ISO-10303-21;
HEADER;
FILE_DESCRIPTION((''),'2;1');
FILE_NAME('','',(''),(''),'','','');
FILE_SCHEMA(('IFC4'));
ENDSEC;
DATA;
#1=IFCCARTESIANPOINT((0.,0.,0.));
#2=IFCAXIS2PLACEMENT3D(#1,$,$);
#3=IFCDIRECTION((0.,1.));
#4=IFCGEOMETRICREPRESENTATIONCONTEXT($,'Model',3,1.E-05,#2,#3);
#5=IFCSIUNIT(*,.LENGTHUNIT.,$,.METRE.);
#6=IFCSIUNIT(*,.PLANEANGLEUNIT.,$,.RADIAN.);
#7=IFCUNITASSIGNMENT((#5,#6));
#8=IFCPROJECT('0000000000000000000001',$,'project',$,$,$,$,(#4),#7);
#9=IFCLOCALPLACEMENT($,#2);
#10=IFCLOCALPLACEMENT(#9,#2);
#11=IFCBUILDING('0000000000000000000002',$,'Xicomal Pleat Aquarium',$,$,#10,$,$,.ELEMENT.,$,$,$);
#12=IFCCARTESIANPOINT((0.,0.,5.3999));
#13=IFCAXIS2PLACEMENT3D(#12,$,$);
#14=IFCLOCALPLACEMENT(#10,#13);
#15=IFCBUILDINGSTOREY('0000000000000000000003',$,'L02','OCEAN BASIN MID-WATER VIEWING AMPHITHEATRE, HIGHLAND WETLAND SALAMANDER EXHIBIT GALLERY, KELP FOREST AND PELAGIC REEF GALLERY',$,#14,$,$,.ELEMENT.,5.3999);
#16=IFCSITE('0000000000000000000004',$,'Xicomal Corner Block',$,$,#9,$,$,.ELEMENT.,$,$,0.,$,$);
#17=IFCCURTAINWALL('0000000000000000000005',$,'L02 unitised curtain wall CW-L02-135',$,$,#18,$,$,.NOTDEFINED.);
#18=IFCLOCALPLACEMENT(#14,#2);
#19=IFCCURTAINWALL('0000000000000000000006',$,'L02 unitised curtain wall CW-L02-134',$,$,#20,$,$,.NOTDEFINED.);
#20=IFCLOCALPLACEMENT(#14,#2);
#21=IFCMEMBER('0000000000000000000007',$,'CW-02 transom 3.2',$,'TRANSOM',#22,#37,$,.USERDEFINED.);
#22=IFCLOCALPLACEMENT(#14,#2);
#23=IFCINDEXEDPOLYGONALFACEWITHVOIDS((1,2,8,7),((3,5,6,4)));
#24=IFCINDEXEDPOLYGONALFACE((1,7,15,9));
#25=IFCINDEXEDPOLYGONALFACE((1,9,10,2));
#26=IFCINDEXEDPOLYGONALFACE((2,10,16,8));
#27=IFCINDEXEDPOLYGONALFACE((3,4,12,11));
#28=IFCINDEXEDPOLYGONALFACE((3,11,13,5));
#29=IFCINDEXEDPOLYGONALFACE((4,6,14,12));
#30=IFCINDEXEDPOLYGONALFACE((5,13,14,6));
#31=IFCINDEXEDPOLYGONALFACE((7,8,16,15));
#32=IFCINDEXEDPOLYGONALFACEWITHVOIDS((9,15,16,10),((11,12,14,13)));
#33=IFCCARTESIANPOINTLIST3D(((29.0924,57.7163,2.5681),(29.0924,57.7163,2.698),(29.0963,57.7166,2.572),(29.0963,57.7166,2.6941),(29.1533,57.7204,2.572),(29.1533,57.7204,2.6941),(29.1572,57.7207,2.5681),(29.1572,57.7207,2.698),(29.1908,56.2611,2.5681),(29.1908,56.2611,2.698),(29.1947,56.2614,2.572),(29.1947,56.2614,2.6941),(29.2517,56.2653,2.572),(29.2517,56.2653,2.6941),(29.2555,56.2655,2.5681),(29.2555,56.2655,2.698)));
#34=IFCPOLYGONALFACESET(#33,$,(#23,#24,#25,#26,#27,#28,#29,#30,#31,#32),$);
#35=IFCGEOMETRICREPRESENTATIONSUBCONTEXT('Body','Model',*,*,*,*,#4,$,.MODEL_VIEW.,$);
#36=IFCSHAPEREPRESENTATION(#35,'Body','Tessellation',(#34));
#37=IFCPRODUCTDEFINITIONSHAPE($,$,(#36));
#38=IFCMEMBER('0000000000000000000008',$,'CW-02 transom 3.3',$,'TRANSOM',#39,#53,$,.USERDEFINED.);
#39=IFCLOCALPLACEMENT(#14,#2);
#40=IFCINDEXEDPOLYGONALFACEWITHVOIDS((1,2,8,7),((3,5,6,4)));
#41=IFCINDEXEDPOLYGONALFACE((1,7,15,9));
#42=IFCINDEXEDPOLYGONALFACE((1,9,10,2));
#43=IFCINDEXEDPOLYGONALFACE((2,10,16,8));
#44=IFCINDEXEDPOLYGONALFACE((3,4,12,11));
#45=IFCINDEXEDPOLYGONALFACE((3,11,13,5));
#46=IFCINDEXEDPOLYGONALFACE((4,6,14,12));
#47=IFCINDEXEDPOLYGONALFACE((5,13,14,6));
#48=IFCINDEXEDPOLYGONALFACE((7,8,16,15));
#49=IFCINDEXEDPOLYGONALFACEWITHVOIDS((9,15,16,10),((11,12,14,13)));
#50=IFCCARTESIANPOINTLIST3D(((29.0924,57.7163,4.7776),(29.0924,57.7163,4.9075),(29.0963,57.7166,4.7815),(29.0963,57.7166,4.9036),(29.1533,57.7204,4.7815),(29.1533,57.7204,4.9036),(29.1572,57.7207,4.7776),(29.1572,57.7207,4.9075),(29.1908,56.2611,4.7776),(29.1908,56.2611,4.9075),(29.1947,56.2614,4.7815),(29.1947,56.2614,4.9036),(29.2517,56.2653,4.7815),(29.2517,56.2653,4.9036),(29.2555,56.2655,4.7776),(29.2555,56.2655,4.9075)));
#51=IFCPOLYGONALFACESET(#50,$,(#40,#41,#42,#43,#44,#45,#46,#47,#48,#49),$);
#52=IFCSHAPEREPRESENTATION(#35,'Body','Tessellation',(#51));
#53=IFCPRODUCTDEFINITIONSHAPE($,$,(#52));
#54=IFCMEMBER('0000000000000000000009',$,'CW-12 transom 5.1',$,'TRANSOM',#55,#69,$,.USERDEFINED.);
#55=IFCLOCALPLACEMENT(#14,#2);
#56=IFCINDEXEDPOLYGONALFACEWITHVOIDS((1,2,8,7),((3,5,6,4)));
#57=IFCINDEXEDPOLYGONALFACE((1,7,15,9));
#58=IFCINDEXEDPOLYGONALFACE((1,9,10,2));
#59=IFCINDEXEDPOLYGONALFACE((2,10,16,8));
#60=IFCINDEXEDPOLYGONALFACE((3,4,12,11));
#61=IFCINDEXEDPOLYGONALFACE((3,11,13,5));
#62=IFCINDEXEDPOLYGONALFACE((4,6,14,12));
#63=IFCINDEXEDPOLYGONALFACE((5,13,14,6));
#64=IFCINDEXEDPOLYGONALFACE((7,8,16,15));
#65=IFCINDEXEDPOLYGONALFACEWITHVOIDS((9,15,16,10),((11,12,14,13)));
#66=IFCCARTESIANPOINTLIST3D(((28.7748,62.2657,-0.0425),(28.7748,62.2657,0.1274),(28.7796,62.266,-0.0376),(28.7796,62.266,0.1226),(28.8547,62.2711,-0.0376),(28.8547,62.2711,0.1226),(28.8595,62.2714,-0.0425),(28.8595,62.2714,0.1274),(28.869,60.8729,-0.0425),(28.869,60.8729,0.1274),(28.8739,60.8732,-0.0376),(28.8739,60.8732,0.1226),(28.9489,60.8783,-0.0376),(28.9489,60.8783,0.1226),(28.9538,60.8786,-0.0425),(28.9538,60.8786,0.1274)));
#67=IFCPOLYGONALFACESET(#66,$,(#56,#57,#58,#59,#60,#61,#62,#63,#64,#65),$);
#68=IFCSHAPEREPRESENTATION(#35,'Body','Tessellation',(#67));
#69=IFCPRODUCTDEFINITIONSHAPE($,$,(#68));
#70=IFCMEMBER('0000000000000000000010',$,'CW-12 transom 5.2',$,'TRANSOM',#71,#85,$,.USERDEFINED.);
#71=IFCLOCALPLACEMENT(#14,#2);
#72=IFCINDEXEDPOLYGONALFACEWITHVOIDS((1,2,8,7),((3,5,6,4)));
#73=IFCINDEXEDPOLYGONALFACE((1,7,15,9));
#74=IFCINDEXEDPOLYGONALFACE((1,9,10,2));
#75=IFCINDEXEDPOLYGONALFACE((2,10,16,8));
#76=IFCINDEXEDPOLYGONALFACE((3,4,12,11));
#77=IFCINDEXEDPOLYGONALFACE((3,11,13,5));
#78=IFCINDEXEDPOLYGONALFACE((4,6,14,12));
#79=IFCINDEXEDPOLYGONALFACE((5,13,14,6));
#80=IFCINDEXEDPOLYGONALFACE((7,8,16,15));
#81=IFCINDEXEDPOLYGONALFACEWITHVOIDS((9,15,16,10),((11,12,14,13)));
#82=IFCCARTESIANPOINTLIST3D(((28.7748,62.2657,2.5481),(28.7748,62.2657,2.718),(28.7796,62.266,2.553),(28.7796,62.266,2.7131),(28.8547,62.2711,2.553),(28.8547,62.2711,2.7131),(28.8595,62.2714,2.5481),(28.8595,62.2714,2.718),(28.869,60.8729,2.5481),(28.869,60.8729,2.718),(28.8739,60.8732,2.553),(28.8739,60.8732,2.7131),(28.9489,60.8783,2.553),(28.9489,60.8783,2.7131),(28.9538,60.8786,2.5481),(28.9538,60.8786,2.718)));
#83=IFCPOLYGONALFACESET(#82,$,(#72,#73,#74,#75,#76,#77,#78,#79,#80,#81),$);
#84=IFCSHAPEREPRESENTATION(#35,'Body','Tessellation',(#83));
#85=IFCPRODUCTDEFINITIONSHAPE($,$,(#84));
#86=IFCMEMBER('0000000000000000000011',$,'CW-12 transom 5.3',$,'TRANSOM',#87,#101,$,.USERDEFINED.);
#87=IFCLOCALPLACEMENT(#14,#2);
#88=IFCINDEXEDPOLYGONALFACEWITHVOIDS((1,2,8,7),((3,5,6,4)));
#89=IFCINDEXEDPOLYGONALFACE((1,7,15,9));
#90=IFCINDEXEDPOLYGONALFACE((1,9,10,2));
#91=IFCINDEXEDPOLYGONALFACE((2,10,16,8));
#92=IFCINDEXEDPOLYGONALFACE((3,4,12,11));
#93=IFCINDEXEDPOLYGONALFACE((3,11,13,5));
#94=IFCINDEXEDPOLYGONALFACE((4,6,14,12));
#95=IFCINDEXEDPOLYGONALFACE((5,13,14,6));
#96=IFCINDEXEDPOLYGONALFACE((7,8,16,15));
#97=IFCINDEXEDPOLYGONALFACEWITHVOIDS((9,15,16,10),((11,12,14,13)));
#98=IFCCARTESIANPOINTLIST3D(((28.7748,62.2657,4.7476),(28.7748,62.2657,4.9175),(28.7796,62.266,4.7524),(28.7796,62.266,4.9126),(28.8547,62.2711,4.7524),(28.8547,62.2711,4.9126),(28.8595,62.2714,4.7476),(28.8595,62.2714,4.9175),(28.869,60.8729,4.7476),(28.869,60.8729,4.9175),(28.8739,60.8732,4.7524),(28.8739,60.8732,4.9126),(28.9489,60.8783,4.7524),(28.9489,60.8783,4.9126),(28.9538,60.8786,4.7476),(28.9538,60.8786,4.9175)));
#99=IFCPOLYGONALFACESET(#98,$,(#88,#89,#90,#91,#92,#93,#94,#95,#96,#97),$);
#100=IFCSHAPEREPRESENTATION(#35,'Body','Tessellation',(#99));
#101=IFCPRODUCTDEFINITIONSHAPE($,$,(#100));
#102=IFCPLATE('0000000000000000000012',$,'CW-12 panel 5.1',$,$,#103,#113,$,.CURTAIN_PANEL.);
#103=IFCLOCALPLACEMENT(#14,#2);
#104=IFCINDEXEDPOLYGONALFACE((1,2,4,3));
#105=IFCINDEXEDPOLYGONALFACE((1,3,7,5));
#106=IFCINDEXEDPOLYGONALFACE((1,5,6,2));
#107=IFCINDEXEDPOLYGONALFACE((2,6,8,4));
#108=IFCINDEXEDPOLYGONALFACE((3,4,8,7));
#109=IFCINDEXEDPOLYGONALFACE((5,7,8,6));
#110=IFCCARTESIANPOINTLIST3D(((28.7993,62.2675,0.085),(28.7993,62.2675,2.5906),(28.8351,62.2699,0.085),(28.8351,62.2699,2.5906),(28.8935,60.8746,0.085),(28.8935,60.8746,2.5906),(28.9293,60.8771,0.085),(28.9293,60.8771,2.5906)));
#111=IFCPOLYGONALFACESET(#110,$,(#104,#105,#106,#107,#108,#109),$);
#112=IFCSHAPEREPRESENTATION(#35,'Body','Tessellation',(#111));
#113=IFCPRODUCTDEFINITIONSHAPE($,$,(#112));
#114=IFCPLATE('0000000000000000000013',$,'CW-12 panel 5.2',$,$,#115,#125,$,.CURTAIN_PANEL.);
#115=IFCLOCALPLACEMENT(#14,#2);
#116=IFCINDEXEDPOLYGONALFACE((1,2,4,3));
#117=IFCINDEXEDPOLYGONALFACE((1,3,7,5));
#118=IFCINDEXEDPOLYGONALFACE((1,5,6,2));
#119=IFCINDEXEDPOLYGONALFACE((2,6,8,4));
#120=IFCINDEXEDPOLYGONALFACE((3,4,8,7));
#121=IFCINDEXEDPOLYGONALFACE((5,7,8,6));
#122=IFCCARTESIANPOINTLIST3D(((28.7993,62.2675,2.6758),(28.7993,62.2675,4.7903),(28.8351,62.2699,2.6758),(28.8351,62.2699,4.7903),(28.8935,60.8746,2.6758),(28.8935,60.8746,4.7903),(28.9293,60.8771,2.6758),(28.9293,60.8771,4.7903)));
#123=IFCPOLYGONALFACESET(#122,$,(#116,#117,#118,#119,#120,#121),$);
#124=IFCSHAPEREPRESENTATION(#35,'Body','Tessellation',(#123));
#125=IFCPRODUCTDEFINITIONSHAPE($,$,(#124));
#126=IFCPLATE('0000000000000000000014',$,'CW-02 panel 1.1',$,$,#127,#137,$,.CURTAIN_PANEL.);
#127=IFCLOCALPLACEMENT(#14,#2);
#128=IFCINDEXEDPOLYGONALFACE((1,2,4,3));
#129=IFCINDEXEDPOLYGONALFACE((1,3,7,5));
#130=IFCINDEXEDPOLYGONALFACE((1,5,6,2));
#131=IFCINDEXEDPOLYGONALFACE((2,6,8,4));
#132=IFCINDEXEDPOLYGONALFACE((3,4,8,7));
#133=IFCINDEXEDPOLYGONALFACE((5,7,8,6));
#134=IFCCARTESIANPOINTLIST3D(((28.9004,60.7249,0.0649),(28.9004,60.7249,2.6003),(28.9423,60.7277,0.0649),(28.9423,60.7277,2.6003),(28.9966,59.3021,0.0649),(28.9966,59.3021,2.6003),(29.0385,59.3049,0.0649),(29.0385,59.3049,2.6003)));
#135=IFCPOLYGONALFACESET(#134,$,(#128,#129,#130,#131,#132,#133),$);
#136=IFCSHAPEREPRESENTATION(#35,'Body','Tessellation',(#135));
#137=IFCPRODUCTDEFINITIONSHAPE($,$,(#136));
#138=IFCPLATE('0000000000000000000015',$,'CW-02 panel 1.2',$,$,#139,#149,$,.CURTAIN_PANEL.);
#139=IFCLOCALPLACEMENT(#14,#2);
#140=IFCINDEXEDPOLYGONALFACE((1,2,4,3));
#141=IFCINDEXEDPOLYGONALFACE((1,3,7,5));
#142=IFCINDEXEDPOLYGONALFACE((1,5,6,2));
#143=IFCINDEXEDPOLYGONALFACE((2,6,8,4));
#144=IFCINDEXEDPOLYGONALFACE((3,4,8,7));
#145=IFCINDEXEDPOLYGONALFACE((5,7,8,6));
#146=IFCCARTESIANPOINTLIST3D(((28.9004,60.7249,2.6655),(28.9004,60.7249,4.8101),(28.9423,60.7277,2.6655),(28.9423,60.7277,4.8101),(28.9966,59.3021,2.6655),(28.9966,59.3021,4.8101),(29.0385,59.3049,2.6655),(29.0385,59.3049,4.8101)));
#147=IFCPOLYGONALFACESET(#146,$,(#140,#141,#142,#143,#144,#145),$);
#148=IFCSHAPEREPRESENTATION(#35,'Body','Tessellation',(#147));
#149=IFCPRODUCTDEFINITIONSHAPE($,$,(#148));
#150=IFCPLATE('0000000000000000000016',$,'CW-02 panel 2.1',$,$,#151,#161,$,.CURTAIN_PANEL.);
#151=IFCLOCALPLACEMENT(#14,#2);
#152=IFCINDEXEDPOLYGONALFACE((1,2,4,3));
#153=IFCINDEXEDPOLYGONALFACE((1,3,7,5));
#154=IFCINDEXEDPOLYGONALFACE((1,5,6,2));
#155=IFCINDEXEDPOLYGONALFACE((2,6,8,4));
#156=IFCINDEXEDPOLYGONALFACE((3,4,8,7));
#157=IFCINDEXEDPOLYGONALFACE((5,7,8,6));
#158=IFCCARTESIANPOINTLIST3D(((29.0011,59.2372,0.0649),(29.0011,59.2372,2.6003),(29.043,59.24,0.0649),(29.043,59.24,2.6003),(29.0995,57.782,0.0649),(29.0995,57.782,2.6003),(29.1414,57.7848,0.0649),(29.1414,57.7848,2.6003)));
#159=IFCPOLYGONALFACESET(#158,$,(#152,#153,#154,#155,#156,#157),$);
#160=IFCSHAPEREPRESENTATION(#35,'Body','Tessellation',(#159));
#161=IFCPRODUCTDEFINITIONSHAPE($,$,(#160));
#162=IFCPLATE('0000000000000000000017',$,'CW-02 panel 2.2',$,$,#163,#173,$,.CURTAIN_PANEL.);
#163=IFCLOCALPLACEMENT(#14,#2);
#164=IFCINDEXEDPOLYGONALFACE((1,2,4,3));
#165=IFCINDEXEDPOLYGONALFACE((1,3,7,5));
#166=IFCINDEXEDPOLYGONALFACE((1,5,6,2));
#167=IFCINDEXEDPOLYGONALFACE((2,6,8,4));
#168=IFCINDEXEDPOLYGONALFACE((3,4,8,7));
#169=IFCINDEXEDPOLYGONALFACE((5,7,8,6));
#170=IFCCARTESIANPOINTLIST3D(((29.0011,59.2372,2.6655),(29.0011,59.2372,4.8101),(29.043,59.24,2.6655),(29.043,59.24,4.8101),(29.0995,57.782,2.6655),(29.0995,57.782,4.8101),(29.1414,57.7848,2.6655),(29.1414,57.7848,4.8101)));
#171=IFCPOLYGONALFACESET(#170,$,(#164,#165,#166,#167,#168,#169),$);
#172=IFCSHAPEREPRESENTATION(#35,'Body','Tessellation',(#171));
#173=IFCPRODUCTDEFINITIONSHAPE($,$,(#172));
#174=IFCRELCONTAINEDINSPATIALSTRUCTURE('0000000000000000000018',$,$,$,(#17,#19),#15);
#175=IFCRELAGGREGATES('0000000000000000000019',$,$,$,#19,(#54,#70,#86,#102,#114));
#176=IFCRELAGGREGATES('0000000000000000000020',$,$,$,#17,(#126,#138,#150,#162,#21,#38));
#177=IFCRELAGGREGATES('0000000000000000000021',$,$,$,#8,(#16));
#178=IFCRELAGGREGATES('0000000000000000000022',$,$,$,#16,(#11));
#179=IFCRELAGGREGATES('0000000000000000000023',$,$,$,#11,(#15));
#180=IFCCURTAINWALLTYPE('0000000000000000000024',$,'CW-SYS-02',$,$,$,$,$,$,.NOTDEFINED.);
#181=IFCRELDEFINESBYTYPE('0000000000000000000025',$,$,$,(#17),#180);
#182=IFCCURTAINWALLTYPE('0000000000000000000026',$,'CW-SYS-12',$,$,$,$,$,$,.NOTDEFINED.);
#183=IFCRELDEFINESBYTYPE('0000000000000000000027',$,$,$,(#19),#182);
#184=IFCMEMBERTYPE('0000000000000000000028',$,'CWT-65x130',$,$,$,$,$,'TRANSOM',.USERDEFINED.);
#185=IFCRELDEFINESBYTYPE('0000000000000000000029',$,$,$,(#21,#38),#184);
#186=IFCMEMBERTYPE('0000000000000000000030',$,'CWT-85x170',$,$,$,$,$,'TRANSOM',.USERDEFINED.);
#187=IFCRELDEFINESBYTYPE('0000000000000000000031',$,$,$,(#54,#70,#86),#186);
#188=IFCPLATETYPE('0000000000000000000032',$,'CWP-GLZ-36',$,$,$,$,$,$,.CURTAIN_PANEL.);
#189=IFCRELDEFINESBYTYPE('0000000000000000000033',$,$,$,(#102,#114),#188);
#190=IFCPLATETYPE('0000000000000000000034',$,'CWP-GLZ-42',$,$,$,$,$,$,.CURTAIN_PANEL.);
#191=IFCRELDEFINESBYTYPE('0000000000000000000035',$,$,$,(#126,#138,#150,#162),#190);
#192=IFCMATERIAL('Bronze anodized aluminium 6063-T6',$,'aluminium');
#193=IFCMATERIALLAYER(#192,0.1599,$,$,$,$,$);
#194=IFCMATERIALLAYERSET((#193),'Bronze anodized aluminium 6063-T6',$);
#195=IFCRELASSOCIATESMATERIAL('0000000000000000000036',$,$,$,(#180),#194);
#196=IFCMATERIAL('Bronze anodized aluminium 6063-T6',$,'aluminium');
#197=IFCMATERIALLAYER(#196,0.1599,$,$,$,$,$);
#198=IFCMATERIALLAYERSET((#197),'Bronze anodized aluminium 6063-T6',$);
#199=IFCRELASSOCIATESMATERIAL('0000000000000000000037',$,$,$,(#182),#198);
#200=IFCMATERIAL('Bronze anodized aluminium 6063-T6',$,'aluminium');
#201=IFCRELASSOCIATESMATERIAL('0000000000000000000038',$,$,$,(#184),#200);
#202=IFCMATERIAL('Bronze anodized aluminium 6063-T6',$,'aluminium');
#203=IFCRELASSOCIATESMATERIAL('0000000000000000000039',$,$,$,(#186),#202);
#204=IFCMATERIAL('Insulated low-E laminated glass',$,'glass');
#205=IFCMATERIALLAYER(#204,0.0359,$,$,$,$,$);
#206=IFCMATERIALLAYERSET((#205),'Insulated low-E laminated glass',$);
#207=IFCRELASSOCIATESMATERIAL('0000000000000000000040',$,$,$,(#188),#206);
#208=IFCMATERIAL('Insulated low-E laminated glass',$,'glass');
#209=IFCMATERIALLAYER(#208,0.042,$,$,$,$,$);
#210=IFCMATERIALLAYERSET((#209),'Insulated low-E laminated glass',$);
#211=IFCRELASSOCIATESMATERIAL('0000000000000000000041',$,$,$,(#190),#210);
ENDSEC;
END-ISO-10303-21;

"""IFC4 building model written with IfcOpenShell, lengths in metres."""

from ifc_helpers import new_model, si_unit, direction, frame, origin, origin_2d, place, context, subcontext, project, spatial, rectangle, hollow_rectangle, extrude, material, layer, layer_set, material_profile, profile_set, type_object, element, aggregate, save


model = new_model("IFC4")

# Units and contexts
model_context = context("Model", 3, precision=1e-05, world=origin(), true_north=direction((0.0, 1.0)))
body_context = subcontext(model_context, "Body", "Model", "MODEL_VIEW")
ifc_project = project(units=[si_unit("LENGTHUNIT", "METRE"), si_unit("PLANEANGLEUNIT", "RADIAN")], contexts=[model_context])

# Site, building, storey
site_placement = place(None, origin())
site = spatial("IfcSite", under=ifc_project, at=site_placement, Name="Xicomal Corner Block", CompositionType="ELEMENT", RefElevation=0.0)
building_placement = place(site_placement, origin())
building = spatial("IfcBuilding", under=site, at=building_placement, Name="Xicomal Pleat Aquarium", CompositionType="ELEMENT")
storey_placement = place(building_placement, frame((0.0, 0.0, 5.3999)))
storey = spatial("IfcBuildingStorey", under=building, at=storey_placement, Name="L02", Description="OCEAN BASIN MID-WATER VIEWING AMPHITHEATRE, HIGHLAND WETLAND SALAMANDER EXHIBIT GALLERY, KELP FOREST AND PELAGIC REEF GALLERY", CompositionType="ELEMENT", Elevation=5.3999)

# Curtain wall
ifc_material_1 = material(Name="Bronze anodized aluminium 6063-T6", Category="aluminium")
ifc_layer_1 = layer(ifc_material_1, 0.1599)
ifc_layer_set_1 = layer_set([ifc_layer_1], Name="Bronze anodized aluminium 6063-T6")
curtain_wall_type_1 = type_object("IfcCurtainWallType", Name="CW-SYS-02", PredefinedType="NOTDEFINED", material=ifc_layer_set_1)
curtain_wall_1_placement = place(storey_placement, origin())
curtain_wall_1 = element("IfcCurtainWall", 1, at=curtain_wall_1_placement, inside=storey, type_object=curtain_wall_type_1, Name="L02 unitised curtain wall CW-L02-135", PredefinedType="NOTDEFINED")

# Curtain wall
ifc_material_2 = material(Name="Bronze anodized aluminium 6063-T6", Category="aluminium")
ifc_layer_2 = layer(ifc_material_2, 0.1599)
ifc_layer_set_2 = layer_set([ifc_layer_2], Name="Bronze anodized aluminium 6063-T6")
curtain_wall_type_2 = type_object("IfcCurtainWallType", Name="CW-SYS-12", PredefinedType="NOTDEFINED", material=ifc_layer_set_2)
curtain_wall_2_placement = place(storey_placement, origin())
curtain_wall_2 = element("IfcCurtainWall", 2, at=curtain_wall_2_placement, inside=storey, type_object=curtain_wall_type_2, Name="L02 unitised curtain wall CW-L02-134", PredefinedType="NOTDEFINED")

# Members
ifc_material_3 = material(Name="Bronze anodized aluminium 6063-T6", Category="aluminium")
ifc_material_profile_1 = material_profile(ifc_material_3, hollow_rectangle(XDim=0.0649, YDim=0.1299, WallThickness=0.0039, at=origin_2d()), Name="ALU TRAN 65x130")
ifc_profile_set_1 = profile_set([ifc_material_profile_1], Name="Bronze anodized aluminium 6063-T6")
member_type_1 = type_object("IfcMemberType", Name="CWT-65x130", ElementType="TRANSOM", PredefinedType="USERDEFINED", material=ifc_profile_set_1)
member_1_placement = place(storey_placement, frame((29.1248, 57.7185, 2.6331), z_axis=(0.067463, -0.997722, 0.0), x_axis=(0.997722, 0.067463, 0.0)))
member_1 = element("IfcMember", 3, at=member_1_placement, type_object=member_type_1, Name="CW-02 transom 3.2", ObjectType="TRANSOM", PredefinedType="USERDEFINED", context=body_context, shape_type="SweptSolid", body=[
    extrude(hollow_rectangle(XDim=0.0649, YDim=0.1299, WallThickness=0.0039, at=origin_2d()), origin(), (0.0, 0.0, 1.0), 1.4585),
])
member_2_placement = place(storey_placement, frame((29.1248, 57.7185, 4.8425), z_axis=(0.067463, -0.997722, 0.0), x_axis=(0.997722, 0.067463, 0.0)))
member_2 = element("IfcMember", 4, at=member_2_placement, type_object=member_type_1, Name="CW-02 transom 3.3", ObjectType="TRANSOM", PredefinedType="USERDEFINED", context=body_context, shape_type="SweptSolid", body=[
    extrude(hollow_rectangle(XDim=0.0649, YDim=0.1299, WallThickness=0.0039, at=origin_2d()), origin(), (0.0, 0.0, 1.0), 1.4585),
])
ifc_material_4 = material(Name="Bronze anodized aluminium 6063-T6", Category="aluminium")
ifc_material_profile_2 = material_profile(ifc_material_4, hollow_rectangle(XDim=0.085, YDim=0.1699, WallThickness=0.0049, at=origin_2d()), Name="ALU TRAN 85x170")
ifc_profile_set_2 = profile_set([ifc_material_profile_2], Name="Bronze anodized aluminium 6063-T6")
member_type_2 = type_object("IfcMemberType", Name="CWT-85x170", ElementType="TRANSOM", PredefinedType="USERDEFINED", material=ifc_profile_set_2)
member_3_placement = place(storey_placement, frame((28.8171, 62.2686, 0.0425), z_axis=(0.067506, -0.997719, 0.0), x_axis=(0.997719, 0.067506, 0.0)))
member_3 = element("IfcMember", 5, at=member_3_placement, type_object=member_type_2, Name="CW-12 transom 5.1", ObjectType="TRANSOM", PredefinedType="USERDEFINED", context=body_context, shape_type="SweptSolid", body=[
    extrude(hollow_rectangle(XDim=0.085, YDim=0.1699, WallThickness=0.0049, at=origin_2d()), origin(), (0.0, 0.0, 1.0), 1.396),
])
member_4_placement = place(storey_placement, frame((28.8171, 62.2686, 2.6331), z_axis=(0.067506, -0.997719, 0.0), x_axis=(0.997719, 0.067506, 0.0)))
member_4 = element("IfcMember", 6, at=member_4_placement, type_object=member_type_2, Name="CW-12 transom 5.2", ObjectType="TRANSOM", PredefinedType="USERDEFINED", context=body_context, shape_type="SweptSolid", body=[
    extrude(hollow_rectangle(XDim=0.085, YDim=0.1699, WallThickness=0.0049, at=origin_2d()), origin(), (0.0, 0.0, 1.0), 1.396),
])
member_5_placement = place(storey_placement, frame((28.8171, 62.2686, 4.8325), z_axis=(0.067506, -0.997719, 0.0), x_axis=(0.997719, 0.067506, 0.0)))
member_5 = element("IfcMember", 7, at=member_5_placement, type_object=member_type_2, Name="CW-12 transom 5.3", ObjectType="TRANSOM", PredefinedType="USERDEFINED", context=body_context, shape_type="SweptSolid", body=[
    extrude(hollow_rectangle(XDim=0.085, YDim=0.1699, WallThickness=0.0049, at=origin_2d()), origin(), (0.0, 0.0, 1.0), 1.396),
])

# Plates
ifc_material_5 = material(Name="Insulated low-E laminated glass", Category="glass")
ifc_layer_3 = layer(ifc_material_5, 0.0359)
ifc_layer_set_3 = layer_set([ifc_layer_3], Name="Insulated low-E laminated glass")
plate_type_1 = type_object("IfcPlateType", Name="CWP-GLZ-36", PredefinedType="CURTAIN_PANEL", material=ifc_layer_set_3)
plate_1_placement = place(storey_placement, frame((28.8643, 61.5723, 0.085), z_axis=(0.0, 0.0, 1.0), x_axis=(0.067477, -0.997721, 0.0)))
plate_1 = element("IfcPlate", 8, at=plate_1_placement, type_object=plate_type_1, Name="CW-12 panel 5.1", PredefinedType="CURTAIN_PANEL", context=body_context, shape_type="SweptSolid", body=[
    extrude(rectangle(XDim=1.396, YDim=0.0359, at=origin_2d()), origin(), (0.0, 0.0, 1.0), 2.5056),
])
plate_2_placement = place(storey_placement, frame((28.8643, 61.5723, 2.6758), z_axis=(0.0, 0.0, 1.0), x_axis=(0.067477, -0.997721, 0.0)))
plate_2 = element("IfcPlate", 9, at=plate_2_placement, type_object=plate_type_1, Name="CW-12 panel 5.2", PredefinedType="CURTAIN_PANEL", context=body_context, shape_type="SweptSolid", body=[
    extrude(rectangle(XDim=1.396, YDim=0.0359, at=origin_2d()), origin(), (0.0, 0.0, 1.0), 2.1145),
])
aggregate(curtain_wall_2, [member_3, member_4, member_5, plate_1, plate_2])
ifc_material_6 = material(Name="Insulated low-E laminated glass", Category="glass")
ifc_layer_4 = layer(ifc_material_6, 0.042)
ifc_layer_set_4 = layer_set([ifc_layer_4], Name="Insulated low-E laminated glass")
plate_type_2 = type_object("IfcPlateType", Name="CWP-GLZ-42", PredefinedType="CURTAIN_PANEL", material=ifc_layer_set_4)
plate_3_placement = place(storey_placement, frame((28.9695, 60.0149, 0.0649), z_axis=(0.0, 0.0, 1.0), x_axis=(0.067477, -0.997721, 0.0)))
plate_3 = element("IfcPlate", 10, at=plate_3_placement, type_object=plate_type_2, Name="CW-02 panel 1.1", PredefinedType="CURTAIN_PANEL", context=body_context, shape_type="SweptSolid", body=[
    extrude(rectangle(XDim=1.426, YDim=0.042, at=origin_2d()), origin(), (0.0, 0.0, 1.0), 2.5354),
])
plate_4_placement = place(storey_placement, frame((28.9695, 60.0149, 2.6655), z_axis=(0.0, 0.0, 1.0), x_axis=(0.067477, -0.997721, 0.0)))
plate_4 = element("IfcPlate", 11, at=plate_4_placement, type_object=plate_type_2, Name="CW-02 panel 1.2", PredefinedType="CURTAIN_PANEL", context=body_context, shape_type="SweptSolid", body=[
    extrude(rectangle(XDim=1.426, YDim=0.042, at=origin_2d()), origin(), (0.0, 0.0, 1.0), 2.1445),
])
plate_5_placement = place(storey_placement, frame((29.0713, 58.511, 0.0649), z_axis=(0.0, 0.0, 1.0), x_axis=(0.067477, -0.997721, 0.0)))
plate_5 = element("IfcPlate", 12, at=plate_5_placement, type_object=plate_type_2, Name="CW-02 panel 2.1", PredefinedType="CURTAIN_PANEL", context=body_context, shape_type="SweptSolid", body=[
    extrude(rectangle(XDim=1.4585, YDim=0.042, at=origin_2d()), origin(), (0.0, 0.0, 1.0), 2.5354),
])
plate_6_placement = place(storey_placement, frame((29.0713, 58.511, 2.6655), z_axis=(0.0, 0.0, 1.0), x_axis=(0.067477, -0.997721, 0.0)))
plate_6 = element("IfcPlate", 13, at=plate_6_placement, type_object=plate_type_2, Name="CW-02 panel 2.2", PredefinedType="CURTAIN_PANEL", context=body_context, shape_type="SweptSolid", body=[
    extrude(rectangle(XDim=1.4585, YDim=0.042, at=origin_2d()), origin(), (0.0, 0.0, 1.0), 2.1445),
])
aggregate(curtain_wall_1, [plate_3, plate_4, plate_5, plate_6, member_1, member_2])

save(model, "model.ifc")
